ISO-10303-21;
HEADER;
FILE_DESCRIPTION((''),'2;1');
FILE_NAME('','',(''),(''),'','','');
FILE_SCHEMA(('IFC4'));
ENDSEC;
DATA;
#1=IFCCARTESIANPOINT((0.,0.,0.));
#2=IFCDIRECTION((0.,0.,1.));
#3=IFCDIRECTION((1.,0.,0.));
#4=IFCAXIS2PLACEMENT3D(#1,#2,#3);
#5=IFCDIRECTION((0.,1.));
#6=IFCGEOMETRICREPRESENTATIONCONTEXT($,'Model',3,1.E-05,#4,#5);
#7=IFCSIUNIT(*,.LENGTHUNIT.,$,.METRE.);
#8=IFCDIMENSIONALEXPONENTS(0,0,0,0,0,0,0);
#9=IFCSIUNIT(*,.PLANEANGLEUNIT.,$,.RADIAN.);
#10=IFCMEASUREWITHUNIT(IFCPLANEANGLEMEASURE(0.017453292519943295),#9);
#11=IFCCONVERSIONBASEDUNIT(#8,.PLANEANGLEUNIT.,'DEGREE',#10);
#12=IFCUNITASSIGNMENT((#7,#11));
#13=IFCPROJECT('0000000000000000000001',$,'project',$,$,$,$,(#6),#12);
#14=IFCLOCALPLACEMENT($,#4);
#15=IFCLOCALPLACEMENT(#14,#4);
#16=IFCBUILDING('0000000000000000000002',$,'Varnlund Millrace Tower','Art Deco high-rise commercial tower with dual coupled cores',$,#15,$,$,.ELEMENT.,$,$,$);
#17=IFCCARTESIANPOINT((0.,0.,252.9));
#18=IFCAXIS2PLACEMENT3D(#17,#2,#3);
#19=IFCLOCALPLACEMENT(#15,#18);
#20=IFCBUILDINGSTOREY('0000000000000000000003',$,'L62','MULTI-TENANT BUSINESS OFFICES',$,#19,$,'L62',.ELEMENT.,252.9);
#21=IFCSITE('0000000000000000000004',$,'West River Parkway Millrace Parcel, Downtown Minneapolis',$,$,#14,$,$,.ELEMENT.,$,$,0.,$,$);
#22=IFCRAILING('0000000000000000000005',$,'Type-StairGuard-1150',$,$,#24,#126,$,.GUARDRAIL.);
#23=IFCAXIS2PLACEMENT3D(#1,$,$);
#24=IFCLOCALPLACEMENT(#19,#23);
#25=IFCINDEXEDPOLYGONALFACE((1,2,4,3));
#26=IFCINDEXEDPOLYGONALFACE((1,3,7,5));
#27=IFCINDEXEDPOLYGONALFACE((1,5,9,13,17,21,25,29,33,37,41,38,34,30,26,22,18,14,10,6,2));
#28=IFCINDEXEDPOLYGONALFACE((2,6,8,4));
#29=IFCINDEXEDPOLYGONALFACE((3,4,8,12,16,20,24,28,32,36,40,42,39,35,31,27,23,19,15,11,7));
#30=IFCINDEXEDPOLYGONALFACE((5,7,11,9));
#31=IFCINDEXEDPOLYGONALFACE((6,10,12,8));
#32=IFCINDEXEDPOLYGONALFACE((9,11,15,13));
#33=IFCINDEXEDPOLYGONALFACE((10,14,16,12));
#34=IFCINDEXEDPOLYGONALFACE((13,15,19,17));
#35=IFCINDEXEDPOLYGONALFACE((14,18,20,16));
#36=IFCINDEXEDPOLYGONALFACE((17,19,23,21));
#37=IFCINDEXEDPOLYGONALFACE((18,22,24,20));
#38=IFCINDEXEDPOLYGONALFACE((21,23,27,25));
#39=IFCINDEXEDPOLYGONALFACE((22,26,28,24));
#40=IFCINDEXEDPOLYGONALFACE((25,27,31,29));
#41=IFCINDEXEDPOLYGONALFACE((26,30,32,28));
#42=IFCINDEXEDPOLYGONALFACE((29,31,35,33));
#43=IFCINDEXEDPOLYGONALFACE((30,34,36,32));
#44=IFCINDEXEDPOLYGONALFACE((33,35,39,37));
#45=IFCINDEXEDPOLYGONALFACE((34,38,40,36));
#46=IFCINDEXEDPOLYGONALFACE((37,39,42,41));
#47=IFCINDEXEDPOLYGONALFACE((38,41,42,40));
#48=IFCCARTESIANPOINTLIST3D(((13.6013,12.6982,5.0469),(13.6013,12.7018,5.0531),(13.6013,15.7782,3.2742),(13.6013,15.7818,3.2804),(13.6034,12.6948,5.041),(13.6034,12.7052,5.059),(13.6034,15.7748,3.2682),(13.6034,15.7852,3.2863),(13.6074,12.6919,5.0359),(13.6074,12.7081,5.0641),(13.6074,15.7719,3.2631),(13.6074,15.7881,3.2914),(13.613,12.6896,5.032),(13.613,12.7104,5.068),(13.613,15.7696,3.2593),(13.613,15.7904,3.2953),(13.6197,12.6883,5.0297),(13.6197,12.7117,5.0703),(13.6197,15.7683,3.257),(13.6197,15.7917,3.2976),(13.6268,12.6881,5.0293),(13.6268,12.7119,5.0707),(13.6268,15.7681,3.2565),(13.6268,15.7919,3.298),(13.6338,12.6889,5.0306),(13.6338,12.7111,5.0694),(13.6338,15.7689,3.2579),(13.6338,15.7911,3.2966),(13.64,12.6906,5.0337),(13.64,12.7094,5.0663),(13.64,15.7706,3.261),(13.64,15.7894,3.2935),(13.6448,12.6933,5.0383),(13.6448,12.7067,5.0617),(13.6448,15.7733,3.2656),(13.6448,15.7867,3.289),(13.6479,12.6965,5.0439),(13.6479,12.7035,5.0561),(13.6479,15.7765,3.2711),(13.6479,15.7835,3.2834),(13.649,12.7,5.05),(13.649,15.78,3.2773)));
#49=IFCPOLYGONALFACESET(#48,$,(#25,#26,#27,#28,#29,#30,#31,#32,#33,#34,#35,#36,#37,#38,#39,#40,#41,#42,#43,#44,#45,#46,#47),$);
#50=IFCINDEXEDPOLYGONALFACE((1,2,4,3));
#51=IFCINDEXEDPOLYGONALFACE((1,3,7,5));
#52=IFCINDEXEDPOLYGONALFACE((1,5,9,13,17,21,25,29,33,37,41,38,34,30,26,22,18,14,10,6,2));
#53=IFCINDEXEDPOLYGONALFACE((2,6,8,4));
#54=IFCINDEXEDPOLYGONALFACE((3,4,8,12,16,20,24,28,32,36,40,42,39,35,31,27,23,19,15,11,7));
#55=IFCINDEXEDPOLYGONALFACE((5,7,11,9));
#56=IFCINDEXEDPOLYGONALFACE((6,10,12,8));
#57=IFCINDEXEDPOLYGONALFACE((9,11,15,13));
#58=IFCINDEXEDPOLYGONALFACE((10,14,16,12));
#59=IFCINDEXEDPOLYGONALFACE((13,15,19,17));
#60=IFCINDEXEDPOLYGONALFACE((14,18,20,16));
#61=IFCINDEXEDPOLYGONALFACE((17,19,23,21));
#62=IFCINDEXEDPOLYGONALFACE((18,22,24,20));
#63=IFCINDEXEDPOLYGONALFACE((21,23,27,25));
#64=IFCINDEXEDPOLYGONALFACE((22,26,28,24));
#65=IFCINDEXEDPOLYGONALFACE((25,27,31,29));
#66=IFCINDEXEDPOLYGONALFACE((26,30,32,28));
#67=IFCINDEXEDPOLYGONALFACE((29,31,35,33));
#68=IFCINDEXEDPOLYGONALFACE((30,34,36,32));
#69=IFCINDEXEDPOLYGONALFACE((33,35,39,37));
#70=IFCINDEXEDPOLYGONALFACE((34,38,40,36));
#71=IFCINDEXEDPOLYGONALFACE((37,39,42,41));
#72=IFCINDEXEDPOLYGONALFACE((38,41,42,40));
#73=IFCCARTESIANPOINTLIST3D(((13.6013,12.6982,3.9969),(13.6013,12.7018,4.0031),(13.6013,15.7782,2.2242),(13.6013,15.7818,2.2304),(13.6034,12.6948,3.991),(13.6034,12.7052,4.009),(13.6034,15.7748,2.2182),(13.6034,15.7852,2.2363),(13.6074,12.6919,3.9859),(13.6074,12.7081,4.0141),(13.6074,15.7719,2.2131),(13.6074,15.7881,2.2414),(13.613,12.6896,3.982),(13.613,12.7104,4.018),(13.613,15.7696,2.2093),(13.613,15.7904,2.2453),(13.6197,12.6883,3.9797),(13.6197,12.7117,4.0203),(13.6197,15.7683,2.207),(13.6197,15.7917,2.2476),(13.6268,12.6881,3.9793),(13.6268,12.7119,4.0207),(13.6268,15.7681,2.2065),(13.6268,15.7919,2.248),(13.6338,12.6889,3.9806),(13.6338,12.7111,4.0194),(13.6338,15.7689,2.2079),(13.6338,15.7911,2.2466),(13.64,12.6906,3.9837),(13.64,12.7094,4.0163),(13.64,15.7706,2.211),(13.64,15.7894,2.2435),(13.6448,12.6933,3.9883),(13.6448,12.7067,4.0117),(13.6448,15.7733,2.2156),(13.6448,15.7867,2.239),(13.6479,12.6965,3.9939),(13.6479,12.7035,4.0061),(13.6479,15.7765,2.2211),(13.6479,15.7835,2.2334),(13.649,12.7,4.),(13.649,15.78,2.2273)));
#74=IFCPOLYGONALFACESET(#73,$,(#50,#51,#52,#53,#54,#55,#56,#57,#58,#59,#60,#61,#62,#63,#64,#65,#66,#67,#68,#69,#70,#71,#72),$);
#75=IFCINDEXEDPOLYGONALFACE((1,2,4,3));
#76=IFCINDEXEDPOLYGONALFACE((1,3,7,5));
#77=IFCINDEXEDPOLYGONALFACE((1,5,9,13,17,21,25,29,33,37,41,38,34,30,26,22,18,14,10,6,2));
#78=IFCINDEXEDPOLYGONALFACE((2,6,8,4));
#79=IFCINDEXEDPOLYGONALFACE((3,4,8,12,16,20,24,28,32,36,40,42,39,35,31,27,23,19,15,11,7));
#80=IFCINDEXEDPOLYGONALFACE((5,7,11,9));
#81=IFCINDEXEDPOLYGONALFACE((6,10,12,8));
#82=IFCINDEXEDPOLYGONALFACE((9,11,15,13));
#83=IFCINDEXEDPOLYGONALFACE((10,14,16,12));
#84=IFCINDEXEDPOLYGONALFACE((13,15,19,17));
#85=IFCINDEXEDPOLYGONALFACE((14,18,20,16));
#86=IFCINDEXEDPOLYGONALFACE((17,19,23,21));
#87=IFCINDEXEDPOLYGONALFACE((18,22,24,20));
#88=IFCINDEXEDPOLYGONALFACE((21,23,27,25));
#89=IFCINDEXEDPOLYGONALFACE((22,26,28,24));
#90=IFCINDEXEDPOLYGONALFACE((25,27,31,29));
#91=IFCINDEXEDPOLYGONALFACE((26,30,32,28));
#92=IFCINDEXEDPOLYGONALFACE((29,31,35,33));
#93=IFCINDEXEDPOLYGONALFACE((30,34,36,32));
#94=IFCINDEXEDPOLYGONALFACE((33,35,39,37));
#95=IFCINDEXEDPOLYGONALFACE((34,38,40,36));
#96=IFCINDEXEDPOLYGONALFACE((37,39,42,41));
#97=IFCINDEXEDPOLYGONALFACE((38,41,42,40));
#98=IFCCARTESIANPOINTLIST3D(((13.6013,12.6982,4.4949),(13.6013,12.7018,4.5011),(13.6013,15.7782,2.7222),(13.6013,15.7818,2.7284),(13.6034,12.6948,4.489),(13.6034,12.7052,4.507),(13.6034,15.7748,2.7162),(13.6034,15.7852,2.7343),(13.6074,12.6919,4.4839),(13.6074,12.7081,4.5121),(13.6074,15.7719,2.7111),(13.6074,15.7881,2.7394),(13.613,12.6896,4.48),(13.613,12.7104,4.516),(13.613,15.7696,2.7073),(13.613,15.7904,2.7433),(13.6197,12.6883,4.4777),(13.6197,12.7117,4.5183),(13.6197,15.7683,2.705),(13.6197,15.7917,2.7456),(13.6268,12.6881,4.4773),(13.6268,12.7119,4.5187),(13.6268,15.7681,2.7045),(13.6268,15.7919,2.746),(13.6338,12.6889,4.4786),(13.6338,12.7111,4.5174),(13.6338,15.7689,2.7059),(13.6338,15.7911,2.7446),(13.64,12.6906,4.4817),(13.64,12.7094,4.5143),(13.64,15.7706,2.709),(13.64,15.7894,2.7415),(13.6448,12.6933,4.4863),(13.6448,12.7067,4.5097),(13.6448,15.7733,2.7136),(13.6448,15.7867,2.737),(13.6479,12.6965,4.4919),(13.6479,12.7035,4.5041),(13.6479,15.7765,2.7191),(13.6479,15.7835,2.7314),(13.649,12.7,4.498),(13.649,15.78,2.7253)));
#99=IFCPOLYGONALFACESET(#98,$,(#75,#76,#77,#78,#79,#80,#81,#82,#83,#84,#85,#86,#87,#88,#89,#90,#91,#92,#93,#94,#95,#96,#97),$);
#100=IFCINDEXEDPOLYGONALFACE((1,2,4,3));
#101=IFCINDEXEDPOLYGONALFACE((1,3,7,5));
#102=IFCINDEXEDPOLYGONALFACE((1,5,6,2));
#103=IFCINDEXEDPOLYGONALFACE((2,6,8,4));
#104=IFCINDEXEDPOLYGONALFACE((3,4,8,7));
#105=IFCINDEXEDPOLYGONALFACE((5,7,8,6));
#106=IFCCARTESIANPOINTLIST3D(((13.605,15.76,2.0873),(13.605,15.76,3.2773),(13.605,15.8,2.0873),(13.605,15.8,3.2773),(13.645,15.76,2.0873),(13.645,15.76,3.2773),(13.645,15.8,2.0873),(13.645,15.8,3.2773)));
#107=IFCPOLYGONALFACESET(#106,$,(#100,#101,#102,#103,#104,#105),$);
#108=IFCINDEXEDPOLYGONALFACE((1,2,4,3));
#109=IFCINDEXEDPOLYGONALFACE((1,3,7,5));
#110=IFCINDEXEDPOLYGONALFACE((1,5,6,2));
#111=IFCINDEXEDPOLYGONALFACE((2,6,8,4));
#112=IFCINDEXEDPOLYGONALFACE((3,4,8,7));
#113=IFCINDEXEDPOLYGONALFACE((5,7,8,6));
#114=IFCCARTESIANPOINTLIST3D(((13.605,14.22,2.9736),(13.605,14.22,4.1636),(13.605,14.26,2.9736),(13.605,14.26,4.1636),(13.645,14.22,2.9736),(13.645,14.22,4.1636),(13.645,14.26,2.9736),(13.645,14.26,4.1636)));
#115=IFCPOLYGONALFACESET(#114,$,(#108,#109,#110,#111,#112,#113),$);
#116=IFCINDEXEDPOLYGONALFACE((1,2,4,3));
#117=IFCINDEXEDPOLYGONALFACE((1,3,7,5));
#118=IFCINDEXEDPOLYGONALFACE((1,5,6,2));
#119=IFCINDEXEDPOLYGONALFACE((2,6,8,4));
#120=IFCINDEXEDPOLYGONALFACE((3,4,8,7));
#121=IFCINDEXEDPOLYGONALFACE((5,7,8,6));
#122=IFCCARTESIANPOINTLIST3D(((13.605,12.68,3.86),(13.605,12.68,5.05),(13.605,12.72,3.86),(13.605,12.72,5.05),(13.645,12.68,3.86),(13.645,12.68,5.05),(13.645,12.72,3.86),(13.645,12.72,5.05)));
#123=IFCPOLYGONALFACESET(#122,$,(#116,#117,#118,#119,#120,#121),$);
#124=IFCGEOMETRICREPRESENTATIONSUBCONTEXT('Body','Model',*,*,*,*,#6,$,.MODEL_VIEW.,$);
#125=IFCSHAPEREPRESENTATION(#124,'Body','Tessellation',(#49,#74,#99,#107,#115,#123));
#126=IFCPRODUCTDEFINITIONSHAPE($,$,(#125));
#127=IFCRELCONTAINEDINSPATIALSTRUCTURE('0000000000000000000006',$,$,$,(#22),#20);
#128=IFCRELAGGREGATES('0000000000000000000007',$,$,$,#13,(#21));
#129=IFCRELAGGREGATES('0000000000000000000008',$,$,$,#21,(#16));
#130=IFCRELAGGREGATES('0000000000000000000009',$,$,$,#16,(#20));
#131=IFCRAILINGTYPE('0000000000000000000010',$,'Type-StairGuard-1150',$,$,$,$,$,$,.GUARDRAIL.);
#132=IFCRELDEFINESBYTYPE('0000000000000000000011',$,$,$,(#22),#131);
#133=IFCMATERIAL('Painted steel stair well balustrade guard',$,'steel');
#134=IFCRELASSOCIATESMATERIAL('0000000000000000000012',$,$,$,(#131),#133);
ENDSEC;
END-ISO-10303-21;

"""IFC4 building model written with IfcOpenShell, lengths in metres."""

from ifc_helpers import new_model, entity, si_unit, converted_unit, direction, frame, origin_with_axes, origin_2d_with_axis, place, context, subcontext, project, spatial, rectangle, circle, extrude, material, type_object, element, save


model = new_model("IFC4")

# Units and contexts
model_context = context("Model", 3, precision=1e-05, world=origin_with_axes(), true_north=direction((0.0, 1.0)))
body_context = subcontext(model_context, "Body", "Model", "MODEL_VIEW")
ifc_project = project(units=[si_unit("LENGTHUNIT", "METRE"), converted_unit("PLANEANGLEUNIT", "DEGREE", entity("IfcPlaneAngleMeasure", 0.017453292519943295), si_unit("PLANEANGLEUNIT", "RADIAN"), dimensions=[0, 0, 0, 0, 0, 0, 0])], contexts=[model_context])

# Site, building, storey
site_placement = place(None, origin_with_axes())
site = spatial("IfcSite", under=ifc_project, at=site_placement, Name="West River Parkway Millrace Parcel, Downtown Minneapolis", CompositionType="ELEMENT", RefElevation=0.0)
building_placement = place(site_placement, origin_with_axes())
building = spatial("IfcBuilding", under=site, at=building_placement, Name="Varnlund Millrace Tower", Description="Art Deco high-rise commercial tower with dual coupled cores", CompositionType="ELEMENT")
storey_placement = place(building_placement, frame((0.0, 0.0, 252.9), z_axis=(0.0, 0.0, 1.0), x_axis=(1.0, 0.0, 0.0)))
storey = spatial("IfcBuildingStorey", under=building, at=storey_placement, Name="L62", Description="MULTI-TENANT BUSINESS OFFICES", LongName="L62", CompositionType="ELEMENT", Elevation=252.9)

# Railing
ifc_material_1 = material(Name="Painted steel stair well balustrade guard", Category="steel")
railing_type_1 = type_object("IfcRailingType", Name="Type-StairGuard-1150", PredefinedType="GUARDRAIL", material=ifc_material_1)
railing_1_placement = place(storey_placement, frame((0.0, 0.0, -252.9), z_axis=(0.0, 0.0, 1.0), x_axis=(1.0, 0.0, 0.0)))
element("IfcRailing", 1, at=railing_1_placement, inside=storey, type_object=railing_type_1, Name="Type-StairGuard-1150", PredefinedType="GUARDRAIL", context=body_context, shape_type="SweptSolid", body=[
    extrude(circle(Radius=0.024, at=origin_2d_with_axis()), frame((13.625, 15.78, 256.1773), z_axis=(0.0, -0.866696, 0.498836), x_axis=(1.0, 0.0, 0.0)), (0.0, 0.0, 1.0), 3.5537),
    extrude(circle(Radius=0.024, at=origin_2d_with_axis()), frame((13.625, 15.78, 255.1273), z_axis=(0.0, -0.866696, 0.498836), x_axis=(1.0, 0.0, 0.0)), (0.0, 0.0, 1.0), 3.5537),
    extrude(circle(Radius=0.024, at=origin_2d_with_axis()), frame((13.625, 15.78, 255.6253), z_axis=(0.0, -0.866696, 0.498836), x_axis=(1.0, 0.0, 0.0)), (0.0, 0.0, 1.0), 3.5537),
    extrude(rectangle(XDim=0.04, YDim=0.04, at=origin_2d_with_axis()), frame((13.625, 15.78, 254.9873), z_axis=(0.0, 0.0, 1.0), x_axis=(1.0, 0.0, 0.0)), (0.0, 0.0, 1.0), 1.19),
    extrude(rectangle(XDim=0.04, YDim=0.04, at=origin_2d_with_axis()), frame((13.625, 14.24, 255.8736), z_axis=(0.0, 0.0, 1.0), x_axis=(1.0, 0.0, 0.0)), (0.0, 0.0, 1.0), 1.19),
    extrude(rectangle(XDim=0.04, YDim=0.04, at=origin_2d_with_axis()), frame((13.625, 12.7, 256.76), z_axis=(0.0, 0.0, 1.0), x_axis=(1.0, 0.0, 0.0)), (0.0, 0.0, 1.0), 1.19),
])

save(model, "model.ifc")
